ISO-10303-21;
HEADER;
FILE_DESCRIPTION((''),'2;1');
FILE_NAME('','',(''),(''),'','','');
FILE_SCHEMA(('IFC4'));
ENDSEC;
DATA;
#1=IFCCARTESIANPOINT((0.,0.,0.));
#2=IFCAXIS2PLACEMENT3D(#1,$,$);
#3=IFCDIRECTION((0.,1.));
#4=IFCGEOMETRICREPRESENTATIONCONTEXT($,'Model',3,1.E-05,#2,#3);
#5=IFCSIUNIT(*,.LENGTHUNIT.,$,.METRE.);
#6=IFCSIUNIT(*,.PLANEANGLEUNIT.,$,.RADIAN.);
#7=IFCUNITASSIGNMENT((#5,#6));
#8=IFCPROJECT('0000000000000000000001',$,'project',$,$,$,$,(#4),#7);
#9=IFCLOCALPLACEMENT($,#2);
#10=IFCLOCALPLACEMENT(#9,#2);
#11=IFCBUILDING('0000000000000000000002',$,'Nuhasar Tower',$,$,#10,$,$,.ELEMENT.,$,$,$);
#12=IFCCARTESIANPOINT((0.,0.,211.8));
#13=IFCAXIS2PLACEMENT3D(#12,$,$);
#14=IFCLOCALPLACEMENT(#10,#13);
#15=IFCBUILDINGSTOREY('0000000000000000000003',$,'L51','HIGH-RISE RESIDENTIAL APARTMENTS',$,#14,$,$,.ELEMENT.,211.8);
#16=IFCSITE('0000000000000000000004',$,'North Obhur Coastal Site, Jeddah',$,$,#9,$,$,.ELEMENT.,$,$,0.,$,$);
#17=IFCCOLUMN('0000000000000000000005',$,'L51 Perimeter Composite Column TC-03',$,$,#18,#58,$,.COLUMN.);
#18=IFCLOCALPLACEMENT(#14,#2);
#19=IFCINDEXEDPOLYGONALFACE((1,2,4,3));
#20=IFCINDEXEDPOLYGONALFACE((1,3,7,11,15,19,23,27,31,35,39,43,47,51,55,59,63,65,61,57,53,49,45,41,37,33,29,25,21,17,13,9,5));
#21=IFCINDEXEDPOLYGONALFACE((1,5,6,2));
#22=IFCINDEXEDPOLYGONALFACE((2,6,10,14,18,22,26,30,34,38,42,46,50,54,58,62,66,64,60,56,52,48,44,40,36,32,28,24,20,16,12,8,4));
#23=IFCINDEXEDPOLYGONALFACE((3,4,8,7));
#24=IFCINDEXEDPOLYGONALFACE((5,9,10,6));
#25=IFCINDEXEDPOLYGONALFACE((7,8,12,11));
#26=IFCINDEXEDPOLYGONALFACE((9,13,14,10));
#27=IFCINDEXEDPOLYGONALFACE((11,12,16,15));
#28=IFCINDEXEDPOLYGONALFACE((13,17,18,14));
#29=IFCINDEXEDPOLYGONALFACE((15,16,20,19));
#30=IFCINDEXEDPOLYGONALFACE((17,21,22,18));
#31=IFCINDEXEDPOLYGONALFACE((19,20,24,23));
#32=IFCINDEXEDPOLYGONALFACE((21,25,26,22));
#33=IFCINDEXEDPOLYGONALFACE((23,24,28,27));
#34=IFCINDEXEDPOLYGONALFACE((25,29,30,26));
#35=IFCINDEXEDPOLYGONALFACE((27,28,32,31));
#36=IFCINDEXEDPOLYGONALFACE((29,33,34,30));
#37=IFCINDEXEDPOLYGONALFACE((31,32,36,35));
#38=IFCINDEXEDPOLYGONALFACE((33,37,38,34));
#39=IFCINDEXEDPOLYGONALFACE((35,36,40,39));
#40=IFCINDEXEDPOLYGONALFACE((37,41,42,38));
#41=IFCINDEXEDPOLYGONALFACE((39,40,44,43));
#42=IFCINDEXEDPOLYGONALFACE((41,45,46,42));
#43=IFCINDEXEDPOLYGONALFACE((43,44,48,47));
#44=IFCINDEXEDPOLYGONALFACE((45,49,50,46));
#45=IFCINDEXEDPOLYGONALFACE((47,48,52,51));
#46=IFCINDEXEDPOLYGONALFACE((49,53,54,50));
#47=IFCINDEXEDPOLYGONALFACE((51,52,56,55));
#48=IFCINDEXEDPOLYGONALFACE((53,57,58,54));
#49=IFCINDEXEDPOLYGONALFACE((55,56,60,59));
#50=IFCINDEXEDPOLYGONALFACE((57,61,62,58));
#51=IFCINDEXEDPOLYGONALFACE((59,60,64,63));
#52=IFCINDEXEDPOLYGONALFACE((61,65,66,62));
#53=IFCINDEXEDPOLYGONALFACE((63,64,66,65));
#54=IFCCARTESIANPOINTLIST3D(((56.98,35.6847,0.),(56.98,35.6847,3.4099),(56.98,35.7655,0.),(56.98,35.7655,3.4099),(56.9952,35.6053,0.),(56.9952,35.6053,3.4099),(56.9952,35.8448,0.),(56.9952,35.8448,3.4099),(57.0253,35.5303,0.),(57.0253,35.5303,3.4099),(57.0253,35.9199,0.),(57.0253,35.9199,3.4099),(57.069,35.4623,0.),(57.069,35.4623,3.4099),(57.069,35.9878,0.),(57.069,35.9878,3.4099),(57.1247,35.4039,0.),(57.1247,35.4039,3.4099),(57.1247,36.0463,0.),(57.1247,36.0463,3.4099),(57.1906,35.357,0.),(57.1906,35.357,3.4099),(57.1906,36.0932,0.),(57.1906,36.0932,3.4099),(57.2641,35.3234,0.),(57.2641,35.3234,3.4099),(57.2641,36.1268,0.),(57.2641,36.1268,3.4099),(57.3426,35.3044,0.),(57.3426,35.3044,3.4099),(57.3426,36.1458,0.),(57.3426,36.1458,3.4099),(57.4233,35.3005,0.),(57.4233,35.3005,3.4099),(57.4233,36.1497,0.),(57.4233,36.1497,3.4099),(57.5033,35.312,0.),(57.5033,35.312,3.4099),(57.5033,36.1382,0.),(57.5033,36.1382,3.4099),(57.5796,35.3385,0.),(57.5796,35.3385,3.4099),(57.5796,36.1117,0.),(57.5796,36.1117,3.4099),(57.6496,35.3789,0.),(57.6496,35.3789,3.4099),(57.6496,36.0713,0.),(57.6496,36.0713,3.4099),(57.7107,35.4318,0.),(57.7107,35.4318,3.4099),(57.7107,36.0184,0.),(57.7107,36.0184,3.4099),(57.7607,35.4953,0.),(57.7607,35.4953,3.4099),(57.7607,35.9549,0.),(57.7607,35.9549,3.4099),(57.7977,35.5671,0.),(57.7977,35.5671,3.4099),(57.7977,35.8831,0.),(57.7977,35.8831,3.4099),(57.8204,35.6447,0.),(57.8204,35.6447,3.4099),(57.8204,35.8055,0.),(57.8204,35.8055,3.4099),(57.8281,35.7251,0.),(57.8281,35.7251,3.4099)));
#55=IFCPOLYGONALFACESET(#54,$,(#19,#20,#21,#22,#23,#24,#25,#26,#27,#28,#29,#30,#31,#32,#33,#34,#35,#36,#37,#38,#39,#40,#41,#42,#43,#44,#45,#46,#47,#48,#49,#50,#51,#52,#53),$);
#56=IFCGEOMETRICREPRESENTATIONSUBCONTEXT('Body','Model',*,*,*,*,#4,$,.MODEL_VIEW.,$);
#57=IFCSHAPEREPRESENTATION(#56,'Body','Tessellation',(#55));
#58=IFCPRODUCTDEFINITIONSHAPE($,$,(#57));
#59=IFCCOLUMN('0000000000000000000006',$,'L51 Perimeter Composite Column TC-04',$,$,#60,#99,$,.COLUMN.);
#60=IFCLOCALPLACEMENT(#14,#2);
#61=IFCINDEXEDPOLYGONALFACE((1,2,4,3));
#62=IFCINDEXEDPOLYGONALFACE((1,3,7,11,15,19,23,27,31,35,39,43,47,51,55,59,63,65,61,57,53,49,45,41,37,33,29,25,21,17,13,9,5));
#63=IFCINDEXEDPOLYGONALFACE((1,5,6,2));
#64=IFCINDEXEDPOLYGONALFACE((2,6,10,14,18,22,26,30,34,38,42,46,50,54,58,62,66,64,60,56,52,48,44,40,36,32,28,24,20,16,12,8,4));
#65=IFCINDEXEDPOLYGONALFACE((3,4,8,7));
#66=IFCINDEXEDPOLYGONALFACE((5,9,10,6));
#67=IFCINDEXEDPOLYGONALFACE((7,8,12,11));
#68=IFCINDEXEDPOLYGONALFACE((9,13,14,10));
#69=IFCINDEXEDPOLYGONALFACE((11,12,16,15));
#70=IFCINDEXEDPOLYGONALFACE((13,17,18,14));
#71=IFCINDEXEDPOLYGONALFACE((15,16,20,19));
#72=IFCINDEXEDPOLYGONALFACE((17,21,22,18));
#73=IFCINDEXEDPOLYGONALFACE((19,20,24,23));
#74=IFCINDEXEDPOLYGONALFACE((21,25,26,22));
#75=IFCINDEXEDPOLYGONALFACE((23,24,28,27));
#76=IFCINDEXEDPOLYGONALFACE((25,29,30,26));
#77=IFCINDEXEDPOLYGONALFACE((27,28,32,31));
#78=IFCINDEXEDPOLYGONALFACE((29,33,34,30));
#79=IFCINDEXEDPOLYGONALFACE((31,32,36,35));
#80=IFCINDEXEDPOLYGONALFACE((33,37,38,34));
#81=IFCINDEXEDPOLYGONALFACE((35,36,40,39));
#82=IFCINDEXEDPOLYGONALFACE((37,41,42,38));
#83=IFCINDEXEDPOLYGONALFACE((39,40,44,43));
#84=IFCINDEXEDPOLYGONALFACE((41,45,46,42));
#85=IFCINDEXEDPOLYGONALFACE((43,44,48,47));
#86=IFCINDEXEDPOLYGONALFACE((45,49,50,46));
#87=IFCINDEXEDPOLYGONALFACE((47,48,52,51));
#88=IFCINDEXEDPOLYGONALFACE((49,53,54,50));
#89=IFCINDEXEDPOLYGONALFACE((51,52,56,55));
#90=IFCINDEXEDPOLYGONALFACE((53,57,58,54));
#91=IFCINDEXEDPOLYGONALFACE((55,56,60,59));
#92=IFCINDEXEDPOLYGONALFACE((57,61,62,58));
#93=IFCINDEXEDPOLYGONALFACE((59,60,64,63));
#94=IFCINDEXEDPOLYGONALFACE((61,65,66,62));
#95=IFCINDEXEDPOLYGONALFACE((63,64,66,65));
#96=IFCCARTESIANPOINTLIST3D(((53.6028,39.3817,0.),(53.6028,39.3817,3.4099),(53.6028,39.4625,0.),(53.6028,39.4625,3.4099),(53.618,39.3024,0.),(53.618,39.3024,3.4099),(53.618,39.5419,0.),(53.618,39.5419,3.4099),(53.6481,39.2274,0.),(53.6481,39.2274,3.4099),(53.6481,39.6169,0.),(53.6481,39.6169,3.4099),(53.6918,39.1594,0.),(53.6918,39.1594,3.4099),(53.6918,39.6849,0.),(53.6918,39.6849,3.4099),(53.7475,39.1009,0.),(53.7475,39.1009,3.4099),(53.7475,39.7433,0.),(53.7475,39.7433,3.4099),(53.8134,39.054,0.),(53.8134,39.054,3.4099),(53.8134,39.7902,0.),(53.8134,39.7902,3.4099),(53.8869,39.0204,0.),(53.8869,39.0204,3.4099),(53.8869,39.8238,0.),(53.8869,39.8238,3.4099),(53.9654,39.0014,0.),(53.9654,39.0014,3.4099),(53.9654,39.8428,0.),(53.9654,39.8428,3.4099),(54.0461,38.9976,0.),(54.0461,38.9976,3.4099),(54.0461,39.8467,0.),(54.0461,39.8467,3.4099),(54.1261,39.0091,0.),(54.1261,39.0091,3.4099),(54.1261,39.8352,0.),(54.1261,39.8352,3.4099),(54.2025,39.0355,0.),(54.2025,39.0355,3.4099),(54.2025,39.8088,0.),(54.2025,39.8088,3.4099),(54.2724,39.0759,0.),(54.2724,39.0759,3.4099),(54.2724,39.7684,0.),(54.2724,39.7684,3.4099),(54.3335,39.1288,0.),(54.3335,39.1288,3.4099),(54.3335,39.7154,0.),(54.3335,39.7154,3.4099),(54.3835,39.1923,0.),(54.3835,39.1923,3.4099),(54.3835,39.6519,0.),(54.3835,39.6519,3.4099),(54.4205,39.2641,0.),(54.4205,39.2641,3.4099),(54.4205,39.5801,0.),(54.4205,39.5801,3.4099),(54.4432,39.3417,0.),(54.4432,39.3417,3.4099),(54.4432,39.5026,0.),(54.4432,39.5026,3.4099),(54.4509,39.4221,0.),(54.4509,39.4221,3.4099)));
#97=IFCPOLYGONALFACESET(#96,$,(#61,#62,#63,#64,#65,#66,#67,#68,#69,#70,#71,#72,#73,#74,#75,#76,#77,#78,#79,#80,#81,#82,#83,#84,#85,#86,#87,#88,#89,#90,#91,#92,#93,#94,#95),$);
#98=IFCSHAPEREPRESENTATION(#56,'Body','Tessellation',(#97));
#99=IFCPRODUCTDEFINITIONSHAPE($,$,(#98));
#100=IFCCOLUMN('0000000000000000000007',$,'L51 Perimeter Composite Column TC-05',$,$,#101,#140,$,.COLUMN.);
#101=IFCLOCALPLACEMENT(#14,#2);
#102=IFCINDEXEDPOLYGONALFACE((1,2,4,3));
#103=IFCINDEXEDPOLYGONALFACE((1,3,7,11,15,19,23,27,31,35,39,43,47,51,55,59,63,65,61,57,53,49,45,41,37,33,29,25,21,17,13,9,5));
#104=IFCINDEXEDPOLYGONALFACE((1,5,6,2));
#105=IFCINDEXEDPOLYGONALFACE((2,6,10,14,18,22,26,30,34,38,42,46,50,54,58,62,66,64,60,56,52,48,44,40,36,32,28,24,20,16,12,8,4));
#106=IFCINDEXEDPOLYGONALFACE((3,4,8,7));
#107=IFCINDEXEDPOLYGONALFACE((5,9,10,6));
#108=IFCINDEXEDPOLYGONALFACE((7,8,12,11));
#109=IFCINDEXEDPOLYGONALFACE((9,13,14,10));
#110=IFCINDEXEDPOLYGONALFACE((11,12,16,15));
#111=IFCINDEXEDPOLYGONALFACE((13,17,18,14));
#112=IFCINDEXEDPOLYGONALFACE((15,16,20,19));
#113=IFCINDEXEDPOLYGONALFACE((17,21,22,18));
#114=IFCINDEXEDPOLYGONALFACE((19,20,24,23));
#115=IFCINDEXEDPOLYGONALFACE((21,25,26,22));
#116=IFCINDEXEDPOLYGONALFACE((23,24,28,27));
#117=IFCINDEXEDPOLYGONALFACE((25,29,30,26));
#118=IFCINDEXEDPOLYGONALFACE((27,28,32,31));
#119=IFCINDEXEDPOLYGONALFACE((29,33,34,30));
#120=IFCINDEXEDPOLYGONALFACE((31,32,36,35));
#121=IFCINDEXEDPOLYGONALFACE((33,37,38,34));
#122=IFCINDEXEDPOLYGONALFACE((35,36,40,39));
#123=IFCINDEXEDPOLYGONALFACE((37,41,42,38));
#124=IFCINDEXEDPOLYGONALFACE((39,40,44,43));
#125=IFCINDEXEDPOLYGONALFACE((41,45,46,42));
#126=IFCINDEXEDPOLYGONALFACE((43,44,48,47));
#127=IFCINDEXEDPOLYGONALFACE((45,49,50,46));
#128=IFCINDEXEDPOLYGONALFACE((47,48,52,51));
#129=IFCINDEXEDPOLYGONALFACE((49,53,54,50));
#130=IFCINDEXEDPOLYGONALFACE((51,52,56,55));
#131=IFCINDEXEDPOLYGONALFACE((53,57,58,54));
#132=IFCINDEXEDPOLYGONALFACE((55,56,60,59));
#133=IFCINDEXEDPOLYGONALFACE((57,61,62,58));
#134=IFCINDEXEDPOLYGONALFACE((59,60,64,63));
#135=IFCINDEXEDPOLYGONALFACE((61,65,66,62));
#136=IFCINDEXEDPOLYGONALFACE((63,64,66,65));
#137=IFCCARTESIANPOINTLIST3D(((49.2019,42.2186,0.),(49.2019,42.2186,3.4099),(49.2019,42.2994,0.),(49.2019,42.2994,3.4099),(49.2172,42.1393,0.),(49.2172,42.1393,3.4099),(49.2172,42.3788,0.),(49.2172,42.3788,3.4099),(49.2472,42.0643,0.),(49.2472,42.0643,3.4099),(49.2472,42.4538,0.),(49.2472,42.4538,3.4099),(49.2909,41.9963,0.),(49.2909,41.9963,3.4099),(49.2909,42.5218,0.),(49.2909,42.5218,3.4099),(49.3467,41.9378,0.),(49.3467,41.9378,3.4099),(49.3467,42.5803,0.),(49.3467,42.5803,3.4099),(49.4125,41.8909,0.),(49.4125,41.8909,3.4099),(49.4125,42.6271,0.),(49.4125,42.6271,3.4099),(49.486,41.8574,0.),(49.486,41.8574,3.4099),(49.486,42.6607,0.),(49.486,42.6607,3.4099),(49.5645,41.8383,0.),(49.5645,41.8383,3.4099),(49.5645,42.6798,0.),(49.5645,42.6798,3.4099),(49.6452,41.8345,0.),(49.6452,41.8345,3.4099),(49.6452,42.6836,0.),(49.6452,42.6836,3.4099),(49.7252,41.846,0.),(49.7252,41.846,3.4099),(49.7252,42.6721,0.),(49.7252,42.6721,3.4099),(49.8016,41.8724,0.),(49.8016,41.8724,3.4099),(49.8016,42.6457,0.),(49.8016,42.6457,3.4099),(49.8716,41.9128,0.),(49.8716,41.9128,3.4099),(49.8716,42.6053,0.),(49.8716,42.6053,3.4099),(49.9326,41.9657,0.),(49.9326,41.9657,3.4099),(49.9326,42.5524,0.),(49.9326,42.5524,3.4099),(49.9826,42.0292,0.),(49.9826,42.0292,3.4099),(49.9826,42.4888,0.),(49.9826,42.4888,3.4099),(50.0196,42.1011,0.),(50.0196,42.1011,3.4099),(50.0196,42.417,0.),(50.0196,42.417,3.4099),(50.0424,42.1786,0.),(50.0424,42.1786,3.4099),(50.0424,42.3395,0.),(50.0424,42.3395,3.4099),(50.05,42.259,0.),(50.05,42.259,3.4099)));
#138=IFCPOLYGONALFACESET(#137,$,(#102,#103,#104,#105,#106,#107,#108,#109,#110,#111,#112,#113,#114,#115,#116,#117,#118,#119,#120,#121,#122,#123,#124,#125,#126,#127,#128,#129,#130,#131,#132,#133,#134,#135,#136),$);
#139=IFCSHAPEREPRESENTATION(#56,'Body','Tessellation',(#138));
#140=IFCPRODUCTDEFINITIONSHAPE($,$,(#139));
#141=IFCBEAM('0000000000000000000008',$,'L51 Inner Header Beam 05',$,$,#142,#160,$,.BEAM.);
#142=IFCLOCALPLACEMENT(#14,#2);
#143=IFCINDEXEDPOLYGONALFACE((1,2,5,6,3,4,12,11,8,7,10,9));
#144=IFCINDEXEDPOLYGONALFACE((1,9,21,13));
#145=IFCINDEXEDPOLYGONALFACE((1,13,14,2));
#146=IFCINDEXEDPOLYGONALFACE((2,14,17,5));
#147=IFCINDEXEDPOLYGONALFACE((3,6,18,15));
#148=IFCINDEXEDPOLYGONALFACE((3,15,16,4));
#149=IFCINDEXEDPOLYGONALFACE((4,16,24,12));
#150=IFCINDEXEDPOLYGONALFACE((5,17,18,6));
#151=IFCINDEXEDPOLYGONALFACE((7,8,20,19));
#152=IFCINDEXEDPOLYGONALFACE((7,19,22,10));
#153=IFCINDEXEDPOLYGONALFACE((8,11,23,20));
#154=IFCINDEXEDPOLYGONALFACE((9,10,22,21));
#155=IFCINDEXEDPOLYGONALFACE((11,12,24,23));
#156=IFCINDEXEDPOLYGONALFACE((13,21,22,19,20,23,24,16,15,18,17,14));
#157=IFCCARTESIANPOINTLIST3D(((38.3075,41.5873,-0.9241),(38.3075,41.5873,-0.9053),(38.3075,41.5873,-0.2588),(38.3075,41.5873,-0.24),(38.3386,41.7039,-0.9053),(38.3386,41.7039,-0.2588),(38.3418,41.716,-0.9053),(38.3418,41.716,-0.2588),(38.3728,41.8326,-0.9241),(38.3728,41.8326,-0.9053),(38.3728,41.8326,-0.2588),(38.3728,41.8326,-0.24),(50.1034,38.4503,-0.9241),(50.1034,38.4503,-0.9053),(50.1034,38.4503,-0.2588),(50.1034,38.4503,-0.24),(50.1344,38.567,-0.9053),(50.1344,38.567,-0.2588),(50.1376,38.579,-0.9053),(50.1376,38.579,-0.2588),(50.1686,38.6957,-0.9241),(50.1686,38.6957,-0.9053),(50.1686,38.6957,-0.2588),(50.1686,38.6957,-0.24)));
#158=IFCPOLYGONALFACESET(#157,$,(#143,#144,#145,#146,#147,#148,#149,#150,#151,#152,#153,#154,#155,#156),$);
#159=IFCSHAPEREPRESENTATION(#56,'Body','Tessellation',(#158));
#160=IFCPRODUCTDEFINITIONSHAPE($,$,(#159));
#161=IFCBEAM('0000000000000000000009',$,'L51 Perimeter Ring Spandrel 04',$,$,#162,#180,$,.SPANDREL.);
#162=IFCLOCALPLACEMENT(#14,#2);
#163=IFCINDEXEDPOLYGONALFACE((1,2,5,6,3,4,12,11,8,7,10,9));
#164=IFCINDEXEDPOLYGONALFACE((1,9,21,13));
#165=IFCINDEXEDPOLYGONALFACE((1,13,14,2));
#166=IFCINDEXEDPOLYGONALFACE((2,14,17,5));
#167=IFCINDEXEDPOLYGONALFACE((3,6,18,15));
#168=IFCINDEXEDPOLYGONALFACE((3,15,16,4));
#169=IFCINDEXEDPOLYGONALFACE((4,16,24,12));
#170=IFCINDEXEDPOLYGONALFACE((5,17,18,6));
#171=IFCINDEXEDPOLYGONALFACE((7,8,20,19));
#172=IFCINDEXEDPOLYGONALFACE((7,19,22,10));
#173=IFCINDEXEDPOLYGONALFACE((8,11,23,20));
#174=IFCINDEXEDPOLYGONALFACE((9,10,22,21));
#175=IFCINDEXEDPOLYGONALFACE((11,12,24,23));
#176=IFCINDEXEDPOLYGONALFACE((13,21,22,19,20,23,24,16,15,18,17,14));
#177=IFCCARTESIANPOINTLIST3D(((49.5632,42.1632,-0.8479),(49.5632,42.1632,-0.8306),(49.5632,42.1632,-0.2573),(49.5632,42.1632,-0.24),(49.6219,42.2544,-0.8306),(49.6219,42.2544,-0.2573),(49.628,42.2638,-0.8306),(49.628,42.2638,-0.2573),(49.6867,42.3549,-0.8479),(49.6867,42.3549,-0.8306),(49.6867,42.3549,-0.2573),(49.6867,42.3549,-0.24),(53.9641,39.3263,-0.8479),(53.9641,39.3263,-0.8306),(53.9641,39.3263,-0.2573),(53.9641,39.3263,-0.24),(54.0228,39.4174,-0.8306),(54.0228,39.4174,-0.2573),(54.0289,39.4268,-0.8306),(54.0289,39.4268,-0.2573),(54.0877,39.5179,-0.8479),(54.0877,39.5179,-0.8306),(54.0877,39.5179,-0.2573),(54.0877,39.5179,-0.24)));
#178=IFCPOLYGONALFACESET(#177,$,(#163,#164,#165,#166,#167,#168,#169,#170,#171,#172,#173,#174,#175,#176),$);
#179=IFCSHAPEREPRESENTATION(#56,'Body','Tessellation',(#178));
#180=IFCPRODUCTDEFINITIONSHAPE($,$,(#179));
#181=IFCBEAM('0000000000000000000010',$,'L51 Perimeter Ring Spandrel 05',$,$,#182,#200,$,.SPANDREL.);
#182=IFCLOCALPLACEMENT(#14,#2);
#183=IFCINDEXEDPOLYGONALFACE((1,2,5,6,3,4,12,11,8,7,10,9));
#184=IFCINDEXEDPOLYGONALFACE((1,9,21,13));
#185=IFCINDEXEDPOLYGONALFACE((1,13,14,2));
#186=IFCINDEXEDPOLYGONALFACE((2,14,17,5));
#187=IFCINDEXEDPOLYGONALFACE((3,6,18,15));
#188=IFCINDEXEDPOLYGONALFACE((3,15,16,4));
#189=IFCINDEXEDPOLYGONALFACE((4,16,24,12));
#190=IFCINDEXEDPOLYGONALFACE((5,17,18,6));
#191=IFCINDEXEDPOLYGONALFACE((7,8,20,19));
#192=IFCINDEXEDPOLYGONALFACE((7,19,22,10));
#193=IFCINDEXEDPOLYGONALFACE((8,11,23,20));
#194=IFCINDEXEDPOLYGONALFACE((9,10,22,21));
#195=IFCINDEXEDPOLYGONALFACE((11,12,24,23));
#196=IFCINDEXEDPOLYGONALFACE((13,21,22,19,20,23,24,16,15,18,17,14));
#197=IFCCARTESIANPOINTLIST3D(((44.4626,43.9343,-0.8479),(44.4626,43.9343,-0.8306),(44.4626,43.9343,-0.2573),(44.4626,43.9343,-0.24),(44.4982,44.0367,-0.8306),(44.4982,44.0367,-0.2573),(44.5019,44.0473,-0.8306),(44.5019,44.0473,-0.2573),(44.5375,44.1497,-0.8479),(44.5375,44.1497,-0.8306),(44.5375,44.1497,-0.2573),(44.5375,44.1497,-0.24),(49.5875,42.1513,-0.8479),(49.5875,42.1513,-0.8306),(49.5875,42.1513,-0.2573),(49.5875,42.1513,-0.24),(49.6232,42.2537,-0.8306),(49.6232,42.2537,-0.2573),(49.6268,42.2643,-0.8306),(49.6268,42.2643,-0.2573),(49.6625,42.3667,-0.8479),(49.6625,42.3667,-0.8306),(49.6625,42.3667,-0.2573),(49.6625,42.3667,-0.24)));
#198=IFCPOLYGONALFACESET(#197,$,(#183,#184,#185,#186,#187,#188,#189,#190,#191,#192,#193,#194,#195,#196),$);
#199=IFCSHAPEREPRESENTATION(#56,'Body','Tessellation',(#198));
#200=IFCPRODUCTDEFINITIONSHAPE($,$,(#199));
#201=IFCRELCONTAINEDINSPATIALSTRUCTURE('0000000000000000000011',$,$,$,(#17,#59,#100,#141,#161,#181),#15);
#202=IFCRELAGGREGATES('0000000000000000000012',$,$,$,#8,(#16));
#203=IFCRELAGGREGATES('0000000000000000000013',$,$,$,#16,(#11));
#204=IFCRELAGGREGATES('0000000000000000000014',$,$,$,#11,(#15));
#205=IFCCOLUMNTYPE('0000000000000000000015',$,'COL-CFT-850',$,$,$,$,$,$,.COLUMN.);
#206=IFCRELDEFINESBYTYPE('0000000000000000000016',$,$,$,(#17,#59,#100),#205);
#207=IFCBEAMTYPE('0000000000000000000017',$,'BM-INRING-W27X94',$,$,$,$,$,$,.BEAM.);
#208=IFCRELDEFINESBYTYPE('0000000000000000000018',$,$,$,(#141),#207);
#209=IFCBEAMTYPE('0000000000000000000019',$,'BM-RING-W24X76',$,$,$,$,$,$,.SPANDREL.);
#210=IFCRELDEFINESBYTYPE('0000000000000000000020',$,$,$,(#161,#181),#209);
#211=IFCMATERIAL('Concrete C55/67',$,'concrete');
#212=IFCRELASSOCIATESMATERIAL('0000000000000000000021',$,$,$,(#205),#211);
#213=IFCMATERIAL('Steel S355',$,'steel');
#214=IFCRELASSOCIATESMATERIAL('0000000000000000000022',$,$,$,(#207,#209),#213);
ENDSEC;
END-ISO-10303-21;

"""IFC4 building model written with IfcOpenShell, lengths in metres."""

from ifc_helpers import new_model, si_unit, direction, frame, origin, origin_2d, place, context, subcontext, project, spatial, circle, i_section, extrude, material, material_profile, profile_set, type_object, element, save


model = new_model("IFC4")

# Units and contexts
model_context = context("Model", 3, precision=1e-05, world=origin(), true_north=direction((0.0, 1.0)))
body_context = subcontext(model_context, "Body", "Model", "MODEL_VIEW")
ifc_project = project(units=[si_unit("LENGTHUNIT", "METRE"), si_unit("PLANEANGLEUNIT", "RADIAN")], contexts=[model_context])

# Site, building, storey
site_placement = place(None, origin())
site = spatial("IfcSite", under=ifc_project, at=site_placement, Name="North Obhur Coastal Site, Jeddah", CompositionType="ELEMENT", RefElevation=0.0)
building_placement = place(site_placement, origin())
building = spatial("IfcBuilding", under=site, at=building_placement, Name="Nuhasar Tower", CompositionType="ELEMENT")
storey_placement = place(building_placement, frame((0.0, 0.0, 211.8)))
storey = spatial("IfcBuildingStorey", under=building, at=storey_placement, Name="L51", Description="HIGH-RISE RESIDENTIAL APARTMENTS", CompositionType="ELEMENT", Elevation=211.8)

# Columns
ifc_material_1 = material(Name="Concrete C55/67", Category="concrete")
ifc_material_profile_1 = material_profile(ifc_material_1, circle(Radius=0.425, at=origin_2d()), Name="CFT850")
ifc_profile_set_1 = profile_set([ifc_material_profile_1], Name="Concrete C55/67")
column_type = type_object("IfcColumnType", Name="COL-CFT-850", PredefinedType="COLUMN", material=ifc_profile_set_1)
for number, where, z_axis, x_axis, name in (
    (1, (57.4031, 35.7251, 0.0), (0.0, 0.0, 1.0), (1.0, 0.0, 0.0), "L51 Perimeter Composite Column TC-03"),
    (2, (54.0259, 39.4221, 0.0), (0.0, 0.0, 1.0), (1.0, 0.0, 0.0), "L51 Perimeter Composite Column TC-04"),
    (3, (49.625, 42.259, 0.0), (0.0, 0.0, 1.0), (1.0, 0.0, 0.0), "L51 Perimeter Composite Column TC-05"),
):
    element("IfcColumn", number, at=place(storey_placement, frame(where, z_axis=z_axis, x_axis=x_axis)), inside=storey, type_object=column_type, Name=name, PredefinedType="COLUMN", context=body_context, shape_type="SweptSolid", body=[
        extrude(circle(Radius=0.425, at=origin_2d()), origin(), (0.0, 0.0, 1.0), 3.4099),
    ])

# Beams
ifc_material_2 = material(Name="Steel S355", Category="steel")
ifc_material_profile_2 = material_profile(ifc_material_2, i_section(OverallWidth=0.2539, OverallDepth=0.6841, WebThickness=0.0125, FlangeThickness=0.0188, at=origin_2d()), Name="W27X94")
ifc_profile_set_2 = profile_set([ifc_material_profile_2], Name="Steel S355")
beam_type_1 = type_object("IfcBeamType", Name="BM-INRING-W27X94", PredefinedType="BEAM", material=ifc_profile_set_2)
beam_1_placement = place(storey_placement, frame((50.136, 38.573, -0.582), z_axis=(-0.96641, 0.257004, 0.0), x_axis=(-0.257004, -0.96641, 0.0)))
element("IfcBeam", 4, at=beam_1_placement, inside=storey, type_object=beam_type_1, Name="L51 Inner Header Beam 05", PredefinedType="BEAM", context=body_context, shape_type="SweptSolid", body=[
    extrude(i_section(OverallWidth=0.2539, OverallDepth=0.6841, WebThickness=0.0125, FlangeThickness=0.0188, at=origin_2d()), origin(), (0.0, 0.0, 1.0), 12.2058),
])
ifc_material_profile_3 = material_profile(ifc_material_2, i_section(OverallWidth=0.228, OverallDepth=0.6079, WebThickness=0.0112, FlangeThickness=0.0173, at=origin_2d()), Name="W24X76")
ifc_profile_set_3 = profile_set([ifc_material_profile_3], Name="Steel S355")
beam_type_2 = type_object("IfcBeamType", Name="BM-RING-W24X76", PredefinedType="SPANDREL", material=ifc_profile_set_3)
beam_2_placement = place(storey_placement, frame((54.0259, 39.4221, -0.5439), z_axis=(-0.840502, 0.541808, 0.0), x_axis=(-0.541808, -0.840502, 0.0)))
element("IfcBeam", 5, at=beam_2_placement, inside=storey, type_object=beam_type_2, Name="L51 Perimeter Ring Spandrel 04", PredefinedType="SPANDREL", context=body_context, shape_type="SweptSolid", body=[
    extrude(i_section(OverallWidth=0.228, OverallDepth=0.6079, WebThickness=0.0112, FlangeThickness=0.0173, at=origin_2d()), origin(), (0.0, 0.0, 1.0), 5.2361),
])
beam_3_placement = place(storey_placement, frame((49.625, 42.259, -0.5439), z_axis=(-0.944477, 0.328578, 0.0), x_axis=(-0.328578, -0.944477, 0.0)))
element("IfcBeam", 6, at=beam_3_placement, inside=storey, type_object=beam_type_2, Name="L51 Perimeter Ring Spandrel 05", PredefinedType="SPANDREL", context=body_context, shape_type="SweptSolid", body=[
    extrude(i_section(OverallWidth=0.228, OverallDepth=0.6079, WebThickness=0.0112, FlangeThickness=0.0173, at=origin_2d()), origin(), (0.0, 0.0, 1.0), 5.4263),
])

save(model, "model.ifc")
